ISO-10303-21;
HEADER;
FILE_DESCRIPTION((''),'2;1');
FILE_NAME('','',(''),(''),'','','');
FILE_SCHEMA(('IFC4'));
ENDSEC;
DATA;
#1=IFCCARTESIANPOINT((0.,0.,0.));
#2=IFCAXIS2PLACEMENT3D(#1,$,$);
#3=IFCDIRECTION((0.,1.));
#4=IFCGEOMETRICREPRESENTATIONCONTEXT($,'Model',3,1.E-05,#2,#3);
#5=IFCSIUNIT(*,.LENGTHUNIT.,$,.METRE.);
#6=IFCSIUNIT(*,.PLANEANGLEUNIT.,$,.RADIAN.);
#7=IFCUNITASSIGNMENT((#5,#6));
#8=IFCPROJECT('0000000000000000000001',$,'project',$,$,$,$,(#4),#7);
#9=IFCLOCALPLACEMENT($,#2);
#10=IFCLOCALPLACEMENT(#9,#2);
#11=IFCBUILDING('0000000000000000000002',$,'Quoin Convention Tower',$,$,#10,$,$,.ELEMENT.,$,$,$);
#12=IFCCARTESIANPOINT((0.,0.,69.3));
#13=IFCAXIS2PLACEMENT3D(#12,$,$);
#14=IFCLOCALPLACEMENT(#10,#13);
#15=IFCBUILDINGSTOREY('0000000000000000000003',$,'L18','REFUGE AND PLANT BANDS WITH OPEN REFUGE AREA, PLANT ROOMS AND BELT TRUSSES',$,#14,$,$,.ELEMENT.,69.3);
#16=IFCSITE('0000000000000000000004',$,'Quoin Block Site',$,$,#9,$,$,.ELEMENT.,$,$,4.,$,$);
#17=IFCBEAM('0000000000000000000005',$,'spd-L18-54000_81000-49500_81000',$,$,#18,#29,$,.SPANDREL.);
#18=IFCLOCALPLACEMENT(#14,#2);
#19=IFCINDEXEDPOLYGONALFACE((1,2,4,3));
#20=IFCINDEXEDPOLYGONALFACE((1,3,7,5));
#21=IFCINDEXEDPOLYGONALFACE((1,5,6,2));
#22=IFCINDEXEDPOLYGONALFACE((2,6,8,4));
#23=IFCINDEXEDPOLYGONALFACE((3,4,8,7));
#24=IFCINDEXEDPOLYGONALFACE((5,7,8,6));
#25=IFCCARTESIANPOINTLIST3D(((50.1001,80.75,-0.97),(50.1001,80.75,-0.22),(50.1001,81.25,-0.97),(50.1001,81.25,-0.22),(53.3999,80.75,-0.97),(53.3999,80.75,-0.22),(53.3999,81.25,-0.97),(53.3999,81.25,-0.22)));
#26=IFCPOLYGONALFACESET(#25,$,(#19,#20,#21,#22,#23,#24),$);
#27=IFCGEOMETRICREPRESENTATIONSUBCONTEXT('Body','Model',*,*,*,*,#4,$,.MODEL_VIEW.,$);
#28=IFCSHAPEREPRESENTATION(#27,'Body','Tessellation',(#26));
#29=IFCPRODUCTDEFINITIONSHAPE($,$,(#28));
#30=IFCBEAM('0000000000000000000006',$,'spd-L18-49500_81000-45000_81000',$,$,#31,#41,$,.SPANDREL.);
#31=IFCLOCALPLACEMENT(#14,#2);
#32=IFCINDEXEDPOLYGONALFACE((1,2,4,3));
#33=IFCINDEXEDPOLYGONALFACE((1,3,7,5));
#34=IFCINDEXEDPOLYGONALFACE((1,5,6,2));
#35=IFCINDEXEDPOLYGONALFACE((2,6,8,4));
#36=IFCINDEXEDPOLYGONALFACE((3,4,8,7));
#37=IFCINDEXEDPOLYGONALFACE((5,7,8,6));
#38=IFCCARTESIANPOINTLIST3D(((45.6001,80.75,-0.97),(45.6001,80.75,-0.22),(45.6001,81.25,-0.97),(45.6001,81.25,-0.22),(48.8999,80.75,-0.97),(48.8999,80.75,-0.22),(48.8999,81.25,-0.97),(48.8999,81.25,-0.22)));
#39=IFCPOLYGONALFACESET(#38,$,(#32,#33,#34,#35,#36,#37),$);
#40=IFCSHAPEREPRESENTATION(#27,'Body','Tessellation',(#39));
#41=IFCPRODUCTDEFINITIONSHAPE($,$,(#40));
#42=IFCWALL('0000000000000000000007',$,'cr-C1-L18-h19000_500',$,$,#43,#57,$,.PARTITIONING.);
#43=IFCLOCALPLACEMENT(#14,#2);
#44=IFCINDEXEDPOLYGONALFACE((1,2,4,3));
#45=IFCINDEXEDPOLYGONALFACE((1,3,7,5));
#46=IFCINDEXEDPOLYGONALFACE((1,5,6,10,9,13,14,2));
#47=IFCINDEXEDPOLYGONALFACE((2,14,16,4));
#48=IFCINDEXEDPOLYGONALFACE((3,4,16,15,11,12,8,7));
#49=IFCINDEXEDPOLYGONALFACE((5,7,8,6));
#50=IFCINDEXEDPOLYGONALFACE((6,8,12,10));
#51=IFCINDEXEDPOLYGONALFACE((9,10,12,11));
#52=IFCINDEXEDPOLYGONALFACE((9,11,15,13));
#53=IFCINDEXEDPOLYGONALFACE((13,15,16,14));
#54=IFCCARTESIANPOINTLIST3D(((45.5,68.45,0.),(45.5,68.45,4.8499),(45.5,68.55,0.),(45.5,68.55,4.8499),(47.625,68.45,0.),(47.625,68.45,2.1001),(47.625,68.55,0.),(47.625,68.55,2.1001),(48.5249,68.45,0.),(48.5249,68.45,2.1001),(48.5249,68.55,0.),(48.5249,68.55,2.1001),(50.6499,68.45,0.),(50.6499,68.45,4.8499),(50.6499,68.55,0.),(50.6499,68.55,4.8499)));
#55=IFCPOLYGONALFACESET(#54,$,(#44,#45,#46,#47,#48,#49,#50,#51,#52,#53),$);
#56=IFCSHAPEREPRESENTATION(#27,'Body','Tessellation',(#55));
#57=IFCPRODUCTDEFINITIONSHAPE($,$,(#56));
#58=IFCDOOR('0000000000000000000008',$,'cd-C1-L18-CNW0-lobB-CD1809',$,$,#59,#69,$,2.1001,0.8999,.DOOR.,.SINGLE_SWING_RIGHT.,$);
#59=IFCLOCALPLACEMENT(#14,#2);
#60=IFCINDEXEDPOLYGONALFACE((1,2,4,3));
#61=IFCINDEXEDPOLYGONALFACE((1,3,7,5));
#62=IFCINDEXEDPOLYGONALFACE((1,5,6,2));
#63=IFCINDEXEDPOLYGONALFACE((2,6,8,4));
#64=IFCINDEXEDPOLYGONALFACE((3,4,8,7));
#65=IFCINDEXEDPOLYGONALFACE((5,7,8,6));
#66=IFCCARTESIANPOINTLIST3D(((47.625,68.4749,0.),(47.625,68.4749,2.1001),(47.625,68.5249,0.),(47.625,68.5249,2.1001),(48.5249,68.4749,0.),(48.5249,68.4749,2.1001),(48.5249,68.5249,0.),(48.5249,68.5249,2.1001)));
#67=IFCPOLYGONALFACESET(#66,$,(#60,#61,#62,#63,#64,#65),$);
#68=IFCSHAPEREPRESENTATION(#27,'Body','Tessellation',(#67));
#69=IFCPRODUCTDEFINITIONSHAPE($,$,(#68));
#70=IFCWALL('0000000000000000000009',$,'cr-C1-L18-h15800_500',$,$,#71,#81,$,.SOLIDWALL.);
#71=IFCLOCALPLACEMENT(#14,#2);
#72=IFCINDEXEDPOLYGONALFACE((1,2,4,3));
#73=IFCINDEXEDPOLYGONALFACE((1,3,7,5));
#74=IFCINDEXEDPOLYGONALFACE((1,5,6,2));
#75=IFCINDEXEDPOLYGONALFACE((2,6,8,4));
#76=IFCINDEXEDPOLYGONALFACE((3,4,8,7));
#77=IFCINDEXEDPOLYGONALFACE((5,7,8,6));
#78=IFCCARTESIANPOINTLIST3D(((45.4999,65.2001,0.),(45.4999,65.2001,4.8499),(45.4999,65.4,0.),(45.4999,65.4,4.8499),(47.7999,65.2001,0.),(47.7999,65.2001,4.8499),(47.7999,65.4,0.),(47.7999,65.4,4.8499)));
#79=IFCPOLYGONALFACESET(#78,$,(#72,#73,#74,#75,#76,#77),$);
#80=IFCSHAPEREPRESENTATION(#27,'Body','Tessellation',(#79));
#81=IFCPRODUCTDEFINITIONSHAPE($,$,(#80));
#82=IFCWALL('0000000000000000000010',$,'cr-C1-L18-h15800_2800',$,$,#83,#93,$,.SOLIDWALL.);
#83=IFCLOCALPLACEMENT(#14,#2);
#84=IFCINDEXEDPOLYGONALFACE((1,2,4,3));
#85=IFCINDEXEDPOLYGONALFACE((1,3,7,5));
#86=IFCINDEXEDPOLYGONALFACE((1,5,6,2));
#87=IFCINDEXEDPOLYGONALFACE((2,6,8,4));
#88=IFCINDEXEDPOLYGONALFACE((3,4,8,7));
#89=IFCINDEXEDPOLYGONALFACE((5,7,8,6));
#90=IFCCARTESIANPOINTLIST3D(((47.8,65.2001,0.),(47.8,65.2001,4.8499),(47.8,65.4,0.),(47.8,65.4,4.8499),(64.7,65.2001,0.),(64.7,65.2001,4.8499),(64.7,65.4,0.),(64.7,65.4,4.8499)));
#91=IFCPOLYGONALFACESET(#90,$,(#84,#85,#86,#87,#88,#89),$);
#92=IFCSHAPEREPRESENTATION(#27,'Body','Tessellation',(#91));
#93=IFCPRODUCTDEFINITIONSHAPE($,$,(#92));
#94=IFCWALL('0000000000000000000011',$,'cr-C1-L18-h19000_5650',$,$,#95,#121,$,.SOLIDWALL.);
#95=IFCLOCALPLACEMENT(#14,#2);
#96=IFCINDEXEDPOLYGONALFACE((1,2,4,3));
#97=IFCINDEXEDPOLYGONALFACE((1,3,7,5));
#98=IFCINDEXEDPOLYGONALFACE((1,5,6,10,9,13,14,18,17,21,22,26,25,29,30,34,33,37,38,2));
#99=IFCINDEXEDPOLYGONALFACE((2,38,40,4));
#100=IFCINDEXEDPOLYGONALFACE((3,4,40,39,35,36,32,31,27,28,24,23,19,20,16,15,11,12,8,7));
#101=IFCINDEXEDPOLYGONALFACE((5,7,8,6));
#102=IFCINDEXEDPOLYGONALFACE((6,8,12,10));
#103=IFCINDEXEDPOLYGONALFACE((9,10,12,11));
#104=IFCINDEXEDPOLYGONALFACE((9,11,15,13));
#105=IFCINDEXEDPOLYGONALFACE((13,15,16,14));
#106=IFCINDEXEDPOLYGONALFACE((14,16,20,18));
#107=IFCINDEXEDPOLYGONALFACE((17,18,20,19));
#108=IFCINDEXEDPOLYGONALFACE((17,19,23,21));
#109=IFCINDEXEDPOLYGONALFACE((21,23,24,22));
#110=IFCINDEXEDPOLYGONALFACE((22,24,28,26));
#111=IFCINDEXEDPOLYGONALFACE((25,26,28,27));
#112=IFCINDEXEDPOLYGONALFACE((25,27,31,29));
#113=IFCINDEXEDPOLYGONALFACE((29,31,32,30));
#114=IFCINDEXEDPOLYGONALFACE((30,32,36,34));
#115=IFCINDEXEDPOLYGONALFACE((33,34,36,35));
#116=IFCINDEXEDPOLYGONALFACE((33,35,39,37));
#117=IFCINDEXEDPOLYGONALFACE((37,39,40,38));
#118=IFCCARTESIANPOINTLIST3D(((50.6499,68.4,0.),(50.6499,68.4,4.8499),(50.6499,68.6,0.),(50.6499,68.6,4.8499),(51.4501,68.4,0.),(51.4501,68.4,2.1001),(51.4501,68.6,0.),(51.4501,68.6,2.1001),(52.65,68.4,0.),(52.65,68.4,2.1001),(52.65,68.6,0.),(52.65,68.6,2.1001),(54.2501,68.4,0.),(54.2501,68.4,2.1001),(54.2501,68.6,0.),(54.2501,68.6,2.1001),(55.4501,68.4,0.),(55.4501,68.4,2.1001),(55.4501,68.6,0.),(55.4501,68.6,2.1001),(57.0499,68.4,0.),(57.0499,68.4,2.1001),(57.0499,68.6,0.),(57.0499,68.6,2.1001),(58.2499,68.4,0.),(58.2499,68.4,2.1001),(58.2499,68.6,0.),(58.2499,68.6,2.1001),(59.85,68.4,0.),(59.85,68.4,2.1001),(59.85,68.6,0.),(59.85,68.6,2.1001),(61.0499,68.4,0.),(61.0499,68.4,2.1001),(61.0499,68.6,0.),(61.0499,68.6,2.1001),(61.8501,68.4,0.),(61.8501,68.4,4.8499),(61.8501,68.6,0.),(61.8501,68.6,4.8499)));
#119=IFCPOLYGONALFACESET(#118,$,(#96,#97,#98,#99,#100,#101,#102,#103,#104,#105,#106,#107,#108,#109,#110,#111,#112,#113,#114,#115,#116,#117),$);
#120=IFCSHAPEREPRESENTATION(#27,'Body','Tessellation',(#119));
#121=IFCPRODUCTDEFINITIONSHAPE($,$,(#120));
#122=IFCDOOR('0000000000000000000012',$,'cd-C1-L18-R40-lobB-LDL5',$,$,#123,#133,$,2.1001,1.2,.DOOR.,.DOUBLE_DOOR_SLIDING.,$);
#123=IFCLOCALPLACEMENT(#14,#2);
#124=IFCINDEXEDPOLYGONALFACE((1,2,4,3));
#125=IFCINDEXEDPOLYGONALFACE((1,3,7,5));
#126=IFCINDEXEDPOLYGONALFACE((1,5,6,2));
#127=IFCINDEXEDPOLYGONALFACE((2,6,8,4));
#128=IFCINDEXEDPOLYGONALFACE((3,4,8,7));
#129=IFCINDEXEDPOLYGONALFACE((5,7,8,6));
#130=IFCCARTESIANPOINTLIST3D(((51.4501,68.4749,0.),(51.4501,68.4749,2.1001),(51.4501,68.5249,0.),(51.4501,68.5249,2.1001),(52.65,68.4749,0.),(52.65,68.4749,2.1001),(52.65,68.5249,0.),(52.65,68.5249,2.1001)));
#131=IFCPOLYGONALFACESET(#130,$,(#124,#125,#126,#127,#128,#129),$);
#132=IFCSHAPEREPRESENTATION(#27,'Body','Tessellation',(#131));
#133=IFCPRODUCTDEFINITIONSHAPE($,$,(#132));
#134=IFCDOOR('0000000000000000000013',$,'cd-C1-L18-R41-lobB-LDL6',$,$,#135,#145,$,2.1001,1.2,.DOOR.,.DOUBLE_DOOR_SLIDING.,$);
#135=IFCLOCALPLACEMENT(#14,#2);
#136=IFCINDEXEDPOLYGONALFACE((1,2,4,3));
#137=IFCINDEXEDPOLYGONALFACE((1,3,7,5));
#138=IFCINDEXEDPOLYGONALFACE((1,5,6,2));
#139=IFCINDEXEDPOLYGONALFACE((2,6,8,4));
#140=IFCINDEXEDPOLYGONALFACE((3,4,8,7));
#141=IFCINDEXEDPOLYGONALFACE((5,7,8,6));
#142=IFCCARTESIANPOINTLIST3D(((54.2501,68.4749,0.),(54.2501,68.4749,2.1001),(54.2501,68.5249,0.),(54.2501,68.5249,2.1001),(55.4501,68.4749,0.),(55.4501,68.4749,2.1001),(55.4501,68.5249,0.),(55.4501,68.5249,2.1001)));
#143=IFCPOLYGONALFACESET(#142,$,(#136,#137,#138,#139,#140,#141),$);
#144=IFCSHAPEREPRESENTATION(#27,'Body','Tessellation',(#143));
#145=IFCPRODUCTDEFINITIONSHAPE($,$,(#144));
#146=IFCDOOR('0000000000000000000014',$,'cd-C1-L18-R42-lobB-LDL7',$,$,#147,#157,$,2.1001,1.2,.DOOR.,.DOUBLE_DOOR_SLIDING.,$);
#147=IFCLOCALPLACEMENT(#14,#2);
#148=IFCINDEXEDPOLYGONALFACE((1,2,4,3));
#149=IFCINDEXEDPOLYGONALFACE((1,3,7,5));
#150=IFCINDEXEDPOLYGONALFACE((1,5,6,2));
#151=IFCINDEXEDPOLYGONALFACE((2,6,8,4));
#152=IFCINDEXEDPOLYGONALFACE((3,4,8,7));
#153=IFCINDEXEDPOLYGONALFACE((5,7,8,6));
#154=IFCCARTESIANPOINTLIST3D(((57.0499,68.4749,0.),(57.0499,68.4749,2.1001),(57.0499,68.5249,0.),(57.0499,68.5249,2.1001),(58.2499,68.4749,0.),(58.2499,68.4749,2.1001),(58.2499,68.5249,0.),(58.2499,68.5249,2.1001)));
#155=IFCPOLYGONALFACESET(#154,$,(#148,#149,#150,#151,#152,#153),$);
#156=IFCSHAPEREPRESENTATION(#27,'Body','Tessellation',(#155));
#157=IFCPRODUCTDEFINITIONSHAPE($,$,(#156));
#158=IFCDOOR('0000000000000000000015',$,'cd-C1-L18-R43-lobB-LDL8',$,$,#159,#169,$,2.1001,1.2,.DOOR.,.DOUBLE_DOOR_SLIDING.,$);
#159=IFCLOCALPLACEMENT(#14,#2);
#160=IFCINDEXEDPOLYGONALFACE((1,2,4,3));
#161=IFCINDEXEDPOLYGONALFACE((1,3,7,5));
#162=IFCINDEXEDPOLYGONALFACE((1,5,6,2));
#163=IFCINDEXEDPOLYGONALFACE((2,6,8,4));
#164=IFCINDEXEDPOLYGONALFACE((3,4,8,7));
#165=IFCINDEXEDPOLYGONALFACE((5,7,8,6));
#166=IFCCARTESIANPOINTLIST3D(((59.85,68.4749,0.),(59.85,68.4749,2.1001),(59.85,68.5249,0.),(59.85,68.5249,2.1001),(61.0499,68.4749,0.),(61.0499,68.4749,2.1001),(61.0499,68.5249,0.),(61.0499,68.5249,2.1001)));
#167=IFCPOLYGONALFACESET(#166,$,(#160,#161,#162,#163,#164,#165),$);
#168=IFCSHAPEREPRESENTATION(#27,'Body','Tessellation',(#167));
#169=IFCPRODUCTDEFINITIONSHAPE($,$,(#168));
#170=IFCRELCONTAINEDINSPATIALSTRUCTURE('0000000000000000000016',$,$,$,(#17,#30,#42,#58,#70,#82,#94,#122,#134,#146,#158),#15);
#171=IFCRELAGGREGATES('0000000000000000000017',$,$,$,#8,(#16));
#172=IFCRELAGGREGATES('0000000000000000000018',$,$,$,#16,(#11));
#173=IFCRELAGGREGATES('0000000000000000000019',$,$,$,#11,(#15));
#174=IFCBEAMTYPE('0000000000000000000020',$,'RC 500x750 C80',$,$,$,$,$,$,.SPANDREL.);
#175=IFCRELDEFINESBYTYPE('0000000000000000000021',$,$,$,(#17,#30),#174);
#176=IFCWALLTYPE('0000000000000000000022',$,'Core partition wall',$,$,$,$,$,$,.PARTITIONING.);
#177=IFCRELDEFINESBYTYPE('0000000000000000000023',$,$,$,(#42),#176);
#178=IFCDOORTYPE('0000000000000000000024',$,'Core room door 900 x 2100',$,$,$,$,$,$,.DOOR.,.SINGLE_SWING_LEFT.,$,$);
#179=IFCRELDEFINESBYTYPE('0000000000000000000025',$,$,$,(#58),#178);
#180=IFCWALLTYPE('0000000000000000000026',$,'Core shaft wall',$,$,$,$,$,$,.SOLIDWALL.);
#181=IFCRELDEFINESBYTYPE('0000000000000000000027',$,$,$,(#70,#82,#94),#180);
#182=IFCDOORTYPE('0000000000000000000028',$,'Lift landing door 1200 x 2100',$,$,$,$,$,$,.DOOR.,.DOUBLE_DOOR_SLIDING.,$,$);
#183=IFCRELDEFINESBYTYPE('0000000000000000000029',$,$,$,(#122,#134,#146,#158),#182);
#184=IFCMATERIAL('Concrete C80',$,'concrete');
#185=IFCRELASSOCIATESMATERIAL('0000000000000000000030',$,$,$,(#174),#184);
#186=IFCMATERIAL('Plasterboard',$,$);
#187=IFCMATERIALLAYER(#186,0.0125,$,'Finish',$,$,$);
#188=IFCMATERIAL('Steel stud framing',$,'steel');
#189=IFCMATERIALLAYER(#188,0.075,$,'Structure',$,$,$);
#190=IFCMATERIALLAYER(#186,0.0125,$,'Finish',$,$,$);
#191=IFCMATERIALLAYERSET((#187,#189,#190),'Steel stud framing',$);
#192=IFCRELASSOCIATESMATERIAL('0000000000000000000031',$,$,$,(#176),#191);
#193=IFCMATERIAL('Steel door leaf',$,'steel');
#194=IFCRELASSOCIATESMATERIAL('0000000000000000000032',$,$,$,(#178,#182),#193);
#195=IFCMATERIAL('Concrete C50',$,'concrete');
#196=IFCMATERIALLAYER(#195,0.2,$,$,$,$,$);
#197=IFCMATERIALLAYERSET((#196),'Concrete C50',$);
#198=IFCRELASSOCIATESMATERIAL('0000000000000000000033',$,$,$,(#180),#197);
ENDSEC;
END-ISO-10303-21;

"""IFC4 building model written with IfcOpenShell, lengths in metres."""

from ifc_helpers import new_model, si_unit, direction, frame, frame_2d, origin, origin_2d, place, context, subcontext, project, spatial, rectangle, extrude, material, layer, layer_set, material_profile, profile_set, type_object, element, fill, save


model = new_model("IFC4")

# Units and contexts
model_context = context("Model", 3, precision=1e-05, world=origin(), true_north=direction((0.0, 1.0)))
body_context = subcontext(model_context, "Body", "Model", "MODEL_VIEW")
ifc_project = project(units=[si_unit("LENGTHUNIT", "METRE"), si_unit("PLANEANGLEUNIT", "RADIAN")], contexts=[model_context])

# Site, building, storey
site_placement = place(None, origin())
site = spatial("IfcSite", under=ifc_project, at=site_placement, Name="Quoin Block Site", CompositionType="ELEMENT", RefElevation=4.0)
building_placement = place(site_placement, origin())
building = spatial("IfcBuilding", under=site, at=building_placement, Name="Quoin Convention Tower", CompositionType="ELEMENT")
storey_placement = place(building_placement, frame((0.0, 0.0, 69.3)))
storey = spatial("IfcBuildingStorey", under=building, at=storey_placement, Name="L18", Description="REFUGE AND PLANT BANDS WITH OPEN REFUGE AREA, PLANT ROOMS AND BELT TRUSSES", CompositionType="ELEMENT", Elevation=69.3)

# Shared definitions
ifc_material_1 = material(Name="Concrete C80", Category="concrete")

# Beams
ifc_material_profile_1 = material_profile(ifc_material_1, rectangle(XDim=0.5, YDim=0.75, at=origin_2d()), Name="RC 500x750")
ifc_profile_set_1 = profile_set([ifc_material_profile_1], Name="Concrete C80")
beam_type_1 = type_object("IfcBeamType", Name="RC 500x750 C80", PredefinedType="SPANDREL", material=ifc_profile_set_1)
for number, where, z_axis, x_axis, name in (
    (1, (53.3999, 81.0, -0.595), (-1.0, 0.0, 0.0), (0.0, -1.0, 0.0), "spd-L18-54000_81000-49500_81000"),
    (2, (48.8999, 81.0, -0.595), (-1.0, 0.0, 0.0), (0.0, -1.0, 0.0), "spd-L18-49500_81000-45000_81000"),
):
    element("IfcBeam", number, at=place(storey_placement, frame(where, z_axis=z_axis, x_axis=x_axis)), inside=storey, type_object=beam_type_1, Name=name, PredefinedType="SPANDREL", context=body_context, shape_type="SweptSolid", body=[
        extrude(rectangle(XDim=0.5, YDim=0.75, at=origin_2d()), origin(), (0.0, 0.0, 1.0), 3.2998),
    ])

# Wall, opening, door
ifc_material_2 = material(Name="Plasterboard")
ifc_layer_1 = layer(ifc_material_2, 0.0125, Name="Finish")
ifc_material_3 = material(Name="Steel stud framing", Category="steel")
ifc_layer_2 = layer(ifc_material_3, 0.075, Name="Structure")
ifc_layer_3 = layer(ifc_material_2, 0.0125, Name="Finish")
ifc_layer_set_1 = layer_set([ifc_layer_1, ifc_layer_2, ifc_layer_3], Name="Steel stud framing")
wall_type_1 = type_object("IfcWallType", Name="Core partition wall", PredefinedType="PARTITIONING", material=ifc_layer_set_1)
wall_1_placement = place(storey_placement, frame((45.5, 68.5, 0.0), z_axis=(0.0, 0.0, 1.0), x_axis=(1.0, 0.0, 0.0)))
wall_1 = element("IfcWall", 3, at=wall_1_placement, inside=storey, type_object=wall_type_1, Name="cr-C1-L18-h19000_500", PredefinedType="PARTITIONING", context=body_context, shape_type="SweptSolid", body=[
    extrude(rectangle(XDim=5.1499, YDim=0.1001, at=frame_2d((2.575, 0.0))), origin(), (0.0, 0.0, 1.0), 4.8499),
])
opening_1_placement = place(wall_1_placement, frame((2.125, 0.0, 0.0)))
opening_1 = element("IfcOpeningElement", 4, at=opening_1_placement, cuts=wall_1, PredefinedType="OPENING", context=body_context, shape_type="SweptSolid", body=[
    extrude(rectangle(XDim=0.8999, YDim=2.1001, at=frame_2d((0.45, 1.05))), frame((0.0, 0.0601, 0.0), z_axis=(0.0, -1.0, 0.0), x_axis=(1.0, 0.0, 0.0)), (0.0, 0.0, 1.0), 0.1201),
])
ifc_material_4 = material(Name="Steel door leaf", Category="steel")
door_type_1 = type_object("IfcDoorType", Name="Core room door 900 x 2100", OperationType="SINGLE_SWING_LEFT", PredefinedType="DOOR", material=ifc_material_4)
door_1_placement = place(opening_1_placement, origin())
door_1 = element("IfcDoor", 5, at=door_1_placement, inside=storey, type_object=door_type_1, Name="cd-C1-L18-CNW0-lobB-CD1809", OperationType="SINGLE_SWING_RIGHT", OverallHeight=2.1001, OverallWidth=0.8999, PredefinedType="DOOR", context=body_context, shape_type="SweptSolid", body=[
    extrude(rectangle(XDim=0.8999, YDim=2.1001, at=frame_2d((0.45, 1.05))), frame((0.0, 0.0249, 0.0), z_axis=(0.0, -1.0, 0.0), x_axis=(1.0, 0.0, 0.0)), (0.0, 0.0, 1.0), 0.05),
])
fill(opening_1, door_1)

# Walls
ifc_material_5 = material(Name="Concrete C50", Category="concrete")
ifc_layer_4 = layer(ifc_material_5, 0.2)
ifc_layer_set_2 = layer_set([ifc_layer_4], Name="Concrete C50")
wall_type_2 = type_object("IfcWallType", Name="Core shaft wall", PredefinedType="SOLIDWALL", material=ifc_layer_set_2)
wall_2_placement = place(storey_placement, frame((45.5, 65.3, 0.0), z_axis=(0.0, 0.0, 1.0), x_axis=(1.0, 0.0, 0.0)))
element("IfcWall", 6, at=wall_2_placement, inside=storey, type_object=wall_type_2, Name="cr-C1-L18-h15800_500", PredefinedType="SOLIDWALL", context=body_context, shape_type="SweptSolid", body=[
    extrude(rectangle(XDim=2.3, YDim=0.2, at=frame_2d((1.1499, 0.0))), origin(), (0.0, 0.0, 1.0), 4.8499),
])
wall_3_placement = place(storey_placement, frame((47.8, 65.3, 0.0), z_axis=(0.0, 0.0, 1.0), x_axis=(1.0, 0.0, 0.0)))
element("IfcWall", 7, at=wall_3_placement, inside=storey, type_object=wall_type_2, Name="cr-C1-L18-h15800_2800", PredefinedType="SOLIDWALL", context=body_context, shape_type="SweptSolid", body=[
    extrude(rectangle(XDim=16.8999, YDim=0.2, at=frame_2d((8.45, 0.0))), origin(), (0.0, 0.0, 1.0), 4.8499),
])

# Wall, openings, doors
wall_4_placement = place(storey_placement, frame((50.6499, 68.5, 0.0), z_axis=(0.0, 0.0, 1.0), x_axis=(1.0, 0.0, 0.0)))
wall_4 = element("IfcWall", 8, at=wall_4_placement, inside=storey, type_object=wall_type_2, Name="cr-C1-L18-h19000_5650", PredefinedType="SOLIDWALL", context=body_context, shape_type="SweptSolid", body=[
    extrude(rectangle(XDim=11.2002, YDim=0.2, at=frame_2d((5.6001, 0.0))), origin(), (0.0, 0.0, 1.0), 4.8499),
])
opening_2_placement = place(wall_4_placement, frame((0.8, 0.0, 0.0)))
opening_2 = element("IfcOpeningElement", 9, at=opening_2_placement, cuts=wall_4, PredefinedType="OPENING", context=body_context, shape_type="SweptSolid", body=[
    extrude(rectangle(XDim=1.2, YDim=2.1001, at=frame_2d((0.6001, 1.05))), frame((0.0, 0.1099, 0.0), z_axis=(0.0, -1.0, 0.0), x_axis=(1.0, 0.0, 0.0)), (0.0, 0.0, 1.0), 0.22),
])
opening_3_placement = place(wall_4_placement, frame((3.6001, 0.0, 0.0)))
opening_3 = element("IfcOpeningElement", 10, at=opening_3_placement, cuts=wall_4, PredefinedType="OPENING", context=body_context, shape_type="SweptSolid", body=[
    extrude(rectangle(XDim=1.2, YDim=2.1001, at=frame_2d((0.6001, 1.05))), frame((0.0, 0.1099, 0.0), z_axis=(0.0, -1.0, 0.0), x_axis=(1.0, 0.0, 0.0)), (0.0, 0.0, 1.0), 0.22),
])
opening_4_placement = place(wall_4_placement, frame((6.3999, 0.0, 0.0)))
opening_4 = element("IfcOpeningElement", 11, at=opening_4_placement, cuts=wall_4, PredefinedType="OPENING", context=body_context, shape_type="SweptSolid", body=[
    extrude(rectangle(XDim=1.2, YDim=2.1001, at=frame_2d((0.6001, 1.05))), frame((0.0, 0.1099, 0.0), z_axis=(0.0, -1.0, 0.0), x_axis=(1.0, 0.0, 0.0)), (0.0, 0.0, 1.0), 0.22),
])
opening_5_placement = place(wall_4_placement, frame((9.2, 0.0, 0.0)))
opening_5 = element("IfcOpeningElement", 12, at=opening_5_placement, cuts=wall_4, PredefinedType="OPENING", context=body_context, shape_type="SweptSolid", body=[
    extrude(rectangle(XDim=1.2, YDim=2.1001, at=frame_2d((0.6001, 1.05))), frame((0.0, 0.1099, 0.0), z_axis=(0.0, -1.0, 0.0), x_axis=(1.0, 0.0, 0.0)), (0.0, 0.0, 1.0), 0.22),
])
door_type_2 = type_object("IfcDoorType", Name="Lift landing door 1200 x 2100", OperationType="DOUBLE_DOOR_SLIDING", PredefinedType="DOOR", material=ifc_material_4)
door_2_placement = place(opening_2_placement, origin())
door_2 = element("IfcDoor", 13, at=door_2_placement, inside=storey, type_object=door_type_2, Name="cd-C1-L18-R40-lobB-LDL5", OperationType="DOUBLE_DOOR_SLIDING", OverallHeight=2.1001, OverallWidth=1.2, PredefinedType="DOOR", context=body_context, shape_type="SweptSolid", body=[
    extrude(rectangle(XDim=1.2, YDim=2.1001, at=frame_2d((0.6001, 1.05))), frame((0.0, 0.0249, 0.0), z_axis=(0.0, -1.0, 0.0), x_axis=(1.0, 0.0, 0.0)), (0.0, 0.0, 1.0), 0.05),
])
fill(opening_2, door_2)
door_3_placement = place(opening_3_placement, origin())
door_3 = element("IfcDoor", 14, at=door_3_placement, inside=storey, type_object=door_type_2, Name="cd-C1-L18-R41-lobB-LDL6", OperationType="DOUBLE_DOOR_SLIDING", OverallHeight=2.1001, OverallWidth=1.2, PredefinedType="DOOR", context=body_context, shape_type="SweptSolid", body=[
    extrude(rectangle(XDim=1.2, YDim=2.1001, at=frame_2d((0.6001, 1.05))), frame((0.0, 0.0249, 0.0), z_axis=(0.0, -1.0, 0.0), x_axis=(1.0, 0.0, 0.0)), (0.0, 0.0, 1.0), 0.05),
])
fill(opening_3, door_3)
door_4_placement = place(opening_4_placement, origin())
door_4 = element("IfcDoor", 15, at=door_4_placement, inside=storey, type_object=door_type_2, Name="cd-C1-L18-R42-lobB-LDL7", OperationType="DOUBLE_DOOR_SLIDING", OverallHeight=2.1001, OverallWidth=1.2, PredefinedType="DOOR", context=body_context, shape_type="SweptSolid", body=[
    extrude(rectangle(XDim=1.2, YDim=2.1001, at=frame_2d((0.6001, 1.05))), frame((0.0, 0.0249, 0.0), z_axis=(0.0, -1.0, 0.0), x_axis=(1.0, 0.0, 0.0)), (0.0, 0.0, 1.0), 0.05),
])
fill(opening_4, door_4)
door_5_placement = place(opening_5_placement, origin())
door_5 = element("IfcDoor", 16, at=door_5_placement, inside=storey, type_object=door_type_2, Name="cd-C1-L18-R43-lobB-LDL8", OperationType="DOUBLE_DOOR_SLIDING", OverallHeight=2.1001, OverallWidth=1.2, PredefinedType="DOOR", context=body_context, shape_type="SweptSolid", body=[
    extrude(rectangle(XDim=1.2, YDim=2.1001, at=frame_2d((0.6001, 1.05))), frame((0.0, 0.0249, 0.0), z_axis=(0.0, -1.0, 0.0), x_axis=(1.0, 0.0, 0.0)), (0.0, 0.0, 1.0), 0.05),
])
fill(opening_5, door_5)

save(model, "model.ifc")
